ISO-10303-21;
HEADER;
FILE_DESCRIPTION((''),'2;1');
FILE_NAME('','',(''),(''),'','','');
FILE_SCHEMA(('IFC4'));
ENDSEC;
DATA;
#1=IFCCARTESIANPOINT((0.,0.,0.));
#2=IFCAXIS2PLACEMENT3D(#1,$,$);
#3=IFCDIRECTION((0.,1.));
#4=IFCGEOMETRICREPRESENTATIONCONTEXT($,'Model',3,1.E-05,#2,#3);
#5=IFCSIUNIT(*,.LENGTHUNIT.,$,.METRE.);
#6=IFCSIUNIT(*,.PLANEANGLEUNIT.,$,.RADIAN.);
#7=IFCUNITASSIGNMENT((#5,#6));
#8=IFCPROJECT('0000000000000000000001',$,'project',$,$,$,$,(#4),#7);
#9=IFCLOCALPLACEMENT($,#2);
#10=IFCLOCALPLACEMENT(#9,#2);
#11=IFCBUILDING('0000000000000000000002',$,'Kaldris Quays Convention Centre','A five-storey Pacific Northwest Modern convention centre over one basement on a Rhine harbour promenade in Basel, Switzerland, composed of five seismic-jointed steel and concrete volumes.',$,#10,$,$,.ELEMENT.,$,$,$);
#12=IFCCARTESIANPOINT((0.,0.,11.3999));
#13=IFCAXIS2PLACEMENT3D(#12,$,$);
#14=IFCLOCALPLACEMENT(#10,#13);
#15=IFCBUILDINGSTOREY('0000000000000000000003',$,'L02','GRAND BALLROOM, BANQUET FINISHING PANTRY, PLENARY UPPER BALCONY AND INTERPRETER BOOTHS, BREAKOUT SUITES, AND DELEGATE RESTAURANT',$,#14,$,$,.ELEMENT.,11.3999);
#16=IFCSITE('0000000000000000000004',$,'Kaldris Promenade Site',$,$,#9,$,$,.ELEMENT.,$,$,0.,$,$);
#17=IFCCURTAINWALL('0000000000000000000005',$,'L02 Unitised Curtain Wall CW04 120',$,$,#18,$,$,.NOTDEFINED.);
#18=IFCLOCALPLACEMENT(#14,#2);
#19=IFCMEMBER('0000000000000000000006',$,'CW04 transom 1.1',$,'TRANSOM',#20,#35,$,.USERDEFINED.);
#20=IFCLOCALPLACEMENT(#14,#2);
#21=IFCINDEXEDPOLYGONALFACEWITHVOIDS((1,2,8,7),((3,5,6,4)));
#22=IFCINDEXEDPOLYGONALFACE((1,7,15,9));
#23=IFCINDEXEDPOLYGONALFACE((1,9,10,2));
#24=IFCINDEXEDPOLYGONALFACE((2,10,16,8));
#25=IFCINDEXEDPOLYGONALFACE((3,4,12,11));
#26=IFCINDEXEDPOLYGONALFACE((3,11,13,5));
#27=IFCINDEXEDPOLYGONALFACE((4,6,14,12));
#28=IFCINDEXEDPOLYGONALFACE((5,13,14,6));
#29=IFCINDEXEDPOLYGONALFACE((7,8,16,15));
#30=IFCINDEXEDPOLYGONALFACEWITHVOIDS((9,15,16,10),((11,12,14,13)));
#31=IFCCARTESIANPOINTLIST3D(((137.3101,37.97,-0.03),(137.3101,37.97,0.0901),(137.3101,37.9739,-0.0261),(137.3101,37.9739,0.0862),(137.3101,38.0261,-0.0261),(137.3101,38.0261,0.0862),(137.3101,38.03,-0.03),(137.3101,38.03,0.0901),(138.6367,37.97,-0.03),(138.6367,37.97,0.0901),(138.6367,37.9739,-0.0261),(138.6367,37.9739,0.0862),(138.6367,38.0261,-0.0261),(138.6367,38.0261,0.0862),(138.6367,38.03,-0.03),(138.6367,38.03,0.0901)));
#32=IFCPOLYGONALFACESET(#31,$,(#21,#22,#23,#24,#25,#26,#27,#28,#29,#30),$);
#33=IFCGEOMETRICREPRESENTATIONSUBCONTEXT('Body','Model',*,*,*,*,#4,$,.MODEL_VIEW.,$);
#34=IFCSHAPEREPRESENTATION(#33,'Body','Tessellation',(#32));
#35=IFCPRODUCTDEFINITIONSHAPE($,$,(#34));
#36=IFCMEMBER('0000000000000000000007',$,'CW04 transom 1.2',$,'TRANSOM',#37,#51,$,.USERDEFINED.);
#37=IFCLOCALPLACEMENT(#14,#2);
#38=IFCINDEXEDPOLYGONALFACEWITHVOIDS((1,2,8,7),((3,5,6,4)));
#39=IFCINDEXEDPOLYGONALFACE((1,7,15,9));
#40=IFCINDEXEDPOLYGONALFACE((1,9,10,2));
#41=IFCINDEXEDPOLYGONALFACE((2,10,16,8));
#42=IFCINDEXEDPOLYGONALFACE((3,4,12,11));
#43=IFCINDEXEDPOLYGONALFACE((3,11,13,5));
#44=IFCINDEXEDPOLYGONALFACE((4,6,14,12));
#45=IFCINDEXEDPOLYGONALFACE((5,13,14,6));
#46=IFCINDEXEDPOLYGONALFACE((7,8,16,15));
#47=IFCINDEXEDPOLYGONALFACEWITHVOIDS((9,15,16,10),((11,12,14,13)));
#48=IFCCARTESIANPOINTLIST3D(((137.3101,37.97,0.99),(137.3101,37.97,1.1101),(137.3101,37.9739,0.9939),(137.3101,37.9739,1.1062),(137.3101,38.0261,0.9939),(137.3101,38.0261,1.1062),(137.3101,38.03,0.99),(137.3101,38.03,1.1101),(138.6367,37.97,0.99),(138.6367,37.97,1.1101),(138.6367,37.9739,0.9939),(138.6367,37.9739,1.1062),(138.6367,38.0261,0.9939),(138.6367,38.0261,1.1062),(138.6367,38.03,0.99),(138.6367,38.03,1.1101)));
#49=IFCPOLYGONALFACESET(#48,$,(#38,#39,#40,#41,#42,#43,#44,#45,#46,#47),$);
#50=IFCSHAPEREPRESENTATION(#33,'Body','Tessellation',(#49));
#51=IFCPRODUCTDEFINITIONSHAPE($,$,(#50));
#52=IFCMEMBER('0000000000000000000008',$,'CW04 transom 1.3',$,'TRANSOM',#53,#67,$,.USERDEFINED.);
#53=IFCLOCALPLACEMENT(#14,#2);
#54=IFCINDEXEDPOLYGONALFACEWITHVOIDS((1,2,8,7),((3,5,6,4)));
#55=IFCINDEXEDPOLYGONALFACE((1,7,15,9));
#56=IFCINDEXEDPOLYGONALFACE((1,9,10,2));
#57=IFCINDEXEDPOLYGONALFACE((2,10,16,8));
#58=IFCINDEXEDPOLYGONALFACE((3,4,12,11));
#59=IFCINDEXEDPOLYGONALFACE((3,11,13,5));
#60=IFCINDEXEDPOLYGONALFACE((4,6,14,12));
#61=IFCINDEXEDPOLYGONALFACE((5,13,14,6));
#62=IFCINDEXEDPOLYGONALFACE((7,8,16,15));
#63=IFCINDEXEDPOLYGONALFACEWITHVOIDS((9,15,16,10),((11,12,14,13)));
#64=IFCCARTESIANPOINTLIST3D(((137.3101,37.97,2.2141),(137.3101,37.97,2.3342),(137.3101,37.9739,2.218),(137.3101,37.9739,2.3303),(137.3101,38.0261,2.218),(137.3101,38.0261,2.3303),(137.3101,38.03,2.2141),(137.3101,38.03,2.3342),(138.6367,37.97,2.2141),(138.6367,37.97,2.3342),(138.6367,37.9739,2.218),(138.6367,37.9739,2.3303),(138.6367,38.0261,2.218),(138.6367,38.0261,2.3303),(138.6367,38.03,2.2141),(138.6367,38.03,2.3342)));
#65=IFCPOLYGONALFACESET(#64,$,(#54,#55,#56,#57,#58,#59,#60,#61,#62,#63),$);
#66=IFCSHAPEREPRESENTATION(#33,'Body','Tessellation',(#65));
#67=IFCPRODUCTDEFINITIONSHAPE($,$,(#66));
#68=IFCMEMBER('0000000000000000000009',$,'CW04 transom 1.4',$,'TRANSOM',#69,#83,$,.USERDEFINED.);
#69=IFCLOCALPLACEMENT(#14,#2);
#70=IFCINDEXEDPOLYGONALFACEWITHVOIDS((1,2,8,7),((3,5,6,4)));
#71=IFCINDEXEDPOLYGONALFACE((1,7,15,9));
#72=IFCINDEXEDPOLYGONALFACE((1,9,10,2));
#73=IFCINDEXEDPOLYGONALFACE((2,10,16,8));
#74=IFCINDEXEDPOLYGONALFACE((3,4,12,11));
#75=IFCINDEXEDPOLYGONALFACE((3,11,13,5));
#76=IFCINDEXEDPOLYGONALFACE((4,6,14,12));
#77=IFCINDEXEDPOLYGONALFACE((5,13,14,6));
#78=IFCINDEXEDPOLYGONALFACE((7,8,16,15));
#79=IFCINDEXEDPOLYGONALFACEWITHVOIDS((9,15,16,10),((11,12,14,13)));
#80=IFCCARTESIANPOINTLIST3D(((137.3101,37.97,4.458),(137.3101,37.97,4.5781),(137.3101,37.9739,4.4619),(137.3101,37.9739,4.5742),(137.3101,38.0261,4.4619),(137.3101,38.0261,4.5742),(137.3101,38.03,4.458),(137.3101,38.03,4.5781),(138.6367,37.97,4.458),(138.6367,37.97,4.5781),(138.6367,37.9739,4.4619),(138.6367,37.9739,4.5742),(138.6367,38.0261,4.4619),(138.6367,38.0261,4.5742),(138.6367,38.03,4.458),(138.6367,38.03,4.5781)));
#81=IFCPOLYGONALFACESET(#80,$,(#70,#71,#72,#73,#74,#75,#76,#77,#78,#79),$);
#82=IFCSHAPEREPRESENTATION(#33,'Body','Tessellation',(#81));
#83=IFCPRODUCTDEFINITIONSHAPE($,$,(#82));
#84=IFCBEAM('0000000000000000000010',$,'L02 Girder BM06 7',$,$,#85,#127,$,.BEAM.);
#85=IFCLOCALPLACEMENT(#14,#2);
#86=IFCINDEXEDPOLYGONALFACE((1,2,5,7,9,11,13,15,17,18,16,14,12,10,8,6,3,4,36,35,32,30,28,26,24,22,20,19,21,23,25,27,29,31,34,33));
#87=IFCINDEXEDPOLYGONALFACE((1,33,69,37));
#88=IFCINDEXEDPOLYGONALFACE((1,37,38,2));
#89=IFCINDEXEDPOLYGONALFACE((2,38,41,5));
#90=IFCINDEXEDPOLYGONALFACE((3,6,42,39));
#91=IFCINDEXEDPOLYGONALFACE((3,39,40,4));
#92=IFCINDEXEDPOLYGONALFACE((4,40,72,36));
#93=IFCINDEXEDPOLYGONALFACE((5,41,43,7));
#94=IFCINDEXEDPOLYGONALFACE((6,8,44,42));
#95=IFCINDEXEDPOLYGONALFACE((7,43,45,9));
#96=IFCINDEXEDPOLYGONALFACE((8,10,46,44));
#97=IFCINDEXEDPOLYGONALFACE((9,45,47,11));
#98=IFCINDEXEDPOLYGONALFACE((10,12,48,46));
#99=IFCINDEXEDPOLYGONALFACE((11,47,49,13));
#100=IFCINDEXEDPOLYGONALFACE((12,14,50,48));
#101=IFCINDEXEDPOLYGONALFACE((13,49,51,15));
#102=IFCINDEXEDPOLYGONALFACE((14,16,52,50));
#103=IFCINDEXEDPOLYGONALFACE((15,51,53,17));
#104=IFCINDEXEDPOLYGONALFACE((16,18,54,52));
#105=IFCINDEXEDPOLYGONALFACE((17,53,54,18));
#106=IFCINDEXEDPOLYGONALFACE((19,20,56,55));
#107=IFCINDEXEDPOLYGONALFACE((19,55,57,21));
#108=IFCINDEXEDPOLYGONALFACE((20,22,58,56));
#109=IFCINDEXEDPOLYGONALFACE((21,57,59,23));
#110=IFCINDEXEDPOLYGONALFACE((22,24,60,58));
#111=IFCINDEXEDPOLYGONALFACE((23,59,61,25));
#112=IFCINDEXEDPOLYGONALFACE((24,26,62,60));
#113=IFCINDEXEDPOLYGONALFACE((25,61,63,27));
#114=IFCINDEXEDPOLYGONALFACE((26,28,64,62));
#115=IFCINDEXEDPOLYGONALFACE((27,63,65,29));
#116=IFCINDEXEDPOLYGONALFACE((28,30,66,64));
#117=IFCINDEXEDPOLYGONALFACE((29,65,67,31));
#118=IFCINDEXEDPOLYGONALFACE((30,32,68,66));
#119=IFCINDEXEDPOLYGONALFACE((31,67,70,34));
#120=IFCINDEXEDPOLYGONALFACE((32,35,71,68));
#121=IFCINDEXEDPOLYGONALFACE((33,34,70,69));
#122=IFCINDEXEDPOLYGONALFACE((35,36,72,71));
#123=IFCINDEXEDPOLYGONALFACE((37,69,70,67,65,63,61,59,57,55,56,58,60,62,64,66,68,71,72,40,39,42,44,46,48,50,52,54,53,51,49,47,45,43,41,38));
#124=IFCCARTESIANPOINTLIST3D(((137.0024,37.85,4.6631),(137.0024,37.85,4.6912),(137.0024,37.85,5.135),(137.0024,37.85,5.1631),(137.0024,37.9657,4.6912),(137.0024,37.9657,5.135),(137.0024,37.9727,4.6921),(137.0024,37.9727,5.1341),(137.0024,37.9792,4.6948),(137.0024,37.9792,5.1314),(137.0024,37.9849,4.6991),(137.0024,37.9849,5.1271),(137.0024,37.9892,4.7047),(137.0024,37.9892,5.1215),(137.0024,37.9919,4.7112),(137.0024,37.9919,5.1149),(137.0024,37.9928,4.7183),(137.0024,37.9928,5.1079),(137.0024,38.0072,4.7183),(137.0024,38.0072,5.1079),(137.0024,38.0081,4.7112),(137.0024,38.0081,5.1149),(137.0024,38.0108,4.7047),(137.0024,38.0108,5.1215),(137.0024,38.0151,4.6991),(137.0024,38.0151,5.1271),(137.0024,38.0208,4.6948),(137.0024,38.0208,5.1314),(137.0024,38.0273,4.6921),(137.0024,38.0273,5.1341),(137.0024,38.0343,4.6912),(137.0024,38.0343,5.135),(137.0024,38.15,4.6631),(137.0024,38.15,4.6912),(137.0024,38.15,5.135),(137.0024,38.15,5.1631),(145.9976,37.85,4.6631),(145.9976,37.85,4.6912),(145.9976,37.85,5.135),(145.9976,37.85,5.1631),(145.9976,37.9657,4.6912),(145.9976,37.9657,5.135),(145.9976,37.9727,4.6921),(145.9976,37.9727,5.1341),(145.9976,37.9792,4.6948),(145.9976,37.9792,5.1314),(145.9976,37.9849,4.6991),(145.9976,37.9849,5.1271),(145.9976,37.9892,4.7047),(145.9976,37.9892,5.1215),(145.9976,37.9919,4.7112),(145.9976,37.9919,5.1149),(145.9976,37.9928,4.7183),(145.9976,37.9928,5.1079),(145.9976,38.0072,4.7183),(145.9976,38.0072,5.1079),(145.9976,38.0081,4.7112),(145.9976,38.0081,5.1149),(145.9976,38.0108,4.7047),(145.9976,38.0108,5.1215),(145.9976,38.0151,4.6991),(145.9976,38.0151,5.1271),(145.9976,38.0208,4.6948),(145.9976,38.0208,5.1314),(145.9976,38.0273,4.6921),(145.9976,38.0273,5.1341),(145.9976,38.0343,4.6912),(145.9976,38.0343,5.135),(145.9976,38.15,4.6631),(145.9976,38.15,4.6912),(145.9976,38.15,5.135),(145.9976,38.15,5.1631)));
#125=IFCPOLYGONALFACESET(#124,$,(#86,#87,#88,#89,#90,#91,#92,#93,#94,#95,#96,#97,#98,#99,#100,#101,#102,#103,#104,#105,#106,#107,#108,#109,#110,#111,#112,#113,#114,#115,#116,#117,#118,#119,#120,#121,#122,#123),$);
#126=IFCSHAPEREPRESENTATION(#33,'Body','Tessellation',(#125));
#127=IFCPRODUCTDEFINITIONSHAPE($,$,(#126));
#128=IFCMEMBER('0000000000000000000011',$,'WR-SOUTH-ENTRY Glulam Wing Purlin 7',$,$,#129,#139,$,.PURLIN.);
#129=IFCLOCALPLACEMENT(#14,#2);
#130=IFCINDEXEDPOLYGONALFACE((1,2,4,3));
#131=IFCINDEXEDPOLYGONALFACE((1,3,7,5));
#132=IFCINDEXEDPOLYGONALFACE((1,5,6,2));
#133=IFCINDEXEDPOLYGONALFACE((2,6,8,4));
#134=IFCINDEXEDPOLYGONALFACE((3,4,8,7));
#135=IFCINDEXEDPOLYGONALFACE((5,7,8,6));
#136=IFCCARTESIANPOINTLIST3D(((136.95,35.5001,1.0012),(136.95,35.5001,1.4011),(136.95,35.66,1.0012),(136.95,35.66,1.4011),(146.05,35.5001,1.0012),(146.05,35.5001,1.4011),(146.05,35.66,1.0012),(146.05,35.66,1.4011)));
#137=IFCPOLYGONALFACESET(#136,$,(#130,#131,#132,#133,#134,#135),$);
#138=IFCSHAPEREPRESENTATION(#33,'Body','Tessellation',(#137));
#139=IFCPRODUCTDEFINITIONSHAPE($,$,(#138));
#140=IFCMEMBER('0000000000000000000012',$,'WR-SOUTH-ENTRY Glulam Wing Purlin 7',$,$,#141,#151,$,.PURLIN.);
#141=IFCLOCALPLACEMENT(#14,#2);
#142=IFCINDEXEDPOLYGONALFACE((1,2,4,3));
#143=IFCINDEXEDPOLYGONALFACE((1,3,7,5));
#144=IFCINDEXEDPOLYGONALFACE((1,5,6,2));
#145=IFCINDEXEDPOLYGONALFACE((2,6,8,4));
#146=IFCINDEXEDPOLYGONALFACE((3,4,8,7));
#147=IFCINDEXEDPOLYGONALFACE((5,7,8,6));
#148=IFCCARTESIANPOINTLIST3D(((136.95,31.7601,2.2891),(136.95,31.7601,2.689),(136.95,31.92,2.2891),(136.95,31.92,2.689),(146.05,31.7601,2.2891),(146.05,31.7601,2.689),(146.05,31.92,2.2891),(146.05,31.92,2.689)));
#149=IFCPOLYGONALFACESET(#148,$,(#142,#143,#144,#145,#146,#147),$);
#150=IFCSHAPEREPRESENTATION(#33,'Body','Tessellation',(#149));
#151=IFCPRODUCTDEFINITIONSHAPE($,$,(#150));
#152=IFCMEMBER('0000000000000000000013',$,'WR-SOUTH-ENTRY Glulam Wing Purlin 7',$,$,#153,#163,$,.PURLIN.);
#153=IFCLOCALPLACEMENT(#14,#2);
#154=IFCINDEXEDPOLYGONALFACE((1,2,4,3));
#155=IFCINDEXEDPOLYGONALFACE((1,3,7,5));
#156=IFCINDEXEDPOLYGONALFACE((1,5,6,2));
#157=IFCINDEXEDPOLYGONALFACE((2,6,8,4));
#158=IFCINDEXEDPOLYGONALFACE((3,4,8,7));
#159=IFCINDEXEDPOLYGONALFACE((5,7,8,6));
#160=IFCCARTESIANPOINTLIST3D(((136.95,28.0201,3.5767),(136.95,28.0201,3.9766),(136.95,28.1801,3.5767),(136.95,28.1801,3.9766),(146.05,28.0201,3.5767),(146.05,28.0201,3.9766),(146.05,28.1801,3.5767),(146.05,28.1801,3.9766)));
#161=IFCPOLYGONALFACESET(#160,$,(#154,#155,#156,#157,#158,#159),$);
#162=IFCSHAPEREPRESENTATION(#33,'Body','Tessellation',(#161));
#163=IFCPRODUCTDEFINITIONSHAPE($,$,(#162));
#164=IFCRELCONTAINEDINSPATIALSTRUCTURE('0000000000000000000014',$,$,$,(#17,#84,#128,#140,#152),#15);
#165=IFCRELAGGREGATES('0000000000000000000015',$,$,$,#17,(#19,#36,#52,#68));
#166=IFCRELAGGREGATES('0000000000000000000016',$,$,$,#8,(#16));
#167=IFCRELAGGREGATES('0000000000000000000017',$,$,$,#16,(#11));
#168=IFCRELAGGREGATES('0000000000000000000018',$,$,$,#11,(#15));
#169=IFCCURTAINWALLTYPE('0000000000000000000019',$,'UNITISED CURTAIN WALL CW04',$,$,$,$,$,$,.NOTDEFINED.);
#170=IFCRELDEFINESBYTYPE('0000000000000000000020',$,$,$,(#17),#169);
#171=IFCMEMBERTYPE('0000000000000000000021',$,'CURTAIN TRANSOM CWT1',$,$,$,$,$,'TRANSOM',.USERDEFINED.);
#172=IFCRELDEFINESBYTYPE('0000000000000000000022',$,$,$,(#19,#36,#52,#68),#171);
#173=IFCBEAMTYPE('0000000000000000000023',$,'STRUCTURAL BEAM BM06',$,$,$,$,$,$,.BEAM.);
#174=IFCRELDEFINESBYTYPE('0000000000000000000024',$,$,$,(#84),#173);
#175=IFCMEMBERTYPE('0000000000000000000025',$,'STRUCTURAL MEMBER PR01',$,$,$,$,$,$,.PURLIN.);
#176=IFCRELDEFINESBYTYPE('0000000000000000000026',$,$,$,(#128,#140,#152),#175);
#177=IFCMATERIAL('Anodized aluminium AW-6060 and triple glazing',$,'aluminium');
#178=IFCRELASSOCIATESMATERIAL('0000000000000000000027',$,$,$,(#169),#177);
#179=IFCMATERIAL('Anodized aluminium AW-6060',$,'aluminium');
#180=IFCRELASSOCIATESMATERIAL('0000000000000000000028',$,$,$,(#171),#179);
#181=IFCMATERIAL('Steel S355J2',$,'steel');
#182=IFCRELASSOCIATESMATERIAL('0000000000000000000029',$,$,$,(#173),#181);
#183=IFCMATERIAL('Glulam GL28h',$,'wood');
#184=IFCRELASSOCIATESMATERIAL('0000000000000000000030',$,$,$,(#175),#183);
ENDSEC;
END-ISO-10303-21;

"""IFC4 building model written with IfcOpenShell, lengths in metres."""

from ifc_helpers import new_model, si_unit, direction, frame, origin, origin_2d, place, context, subcontext, project, spatial, rectangle, hollow_rectangle, i_section, extrude, material, material_profile, profile_set, type_object, element, aggregate, save


model = new_model("IFC4")

# Units and contexts
model_context = context("Model", 3, precision=1e-05, world=origin(), true_north=direction((0.0, 1.0)))
body_context = subcontext(model_context, "Body", "Model", "MODEL_VIEW")
ifc_project = project(units=[si_unit("LENGTHUNIT", "METRE"), si_unit("PLANEANGLEUNIT", "RADIAN")], contexts=[model_context])

# Site, building, storey
site_placement = place(None, origin())
site = spatial("IfcSite", under=ifc_project, at=site_placement, Name="Kaldris Promenade Site", CompositionType="ELEMENT", RefElevation=0.0)
building_placement = place(site_placement, origin())
building = spatial("IfcBuilding", under=site, at=building_placement, Name="Kaldris Quays Convention Centre", Description="A five-storey Pacific Northwest Modern convention centre over one basement on a Rhine harbour promenade in Basel, Switzerland, composed of five seismic-jointed steel and concrete volumes.", CompositionType="ELEMENT")
storey_placement = place(building_placement, frame((0.0, 0.0, 11.3999)))
storey = spatial("IfcBuildingStorey", under=building, at=storey_placement, Name="L02", Description="GRAND BALLROOM, BANQUET FINISHING PANTRY, PLENARY UPPER BALCONY AND INTERPRETER BOOTHS, BREAKOUT SUITES, AND DELEGATE RESTAURANT", CompositionType="ELEMENT", Elevation=11.3999)

# Shared definitions
ifc_material_1 = material(Name="Steel S355J2", Category="steel")

# Shared definitions
ifc_material_2 = material(Name="Anodized aluminium AW-6060 and triple glazing", Category="aluminium")
curtain_wall_type = type_object("IfcCurtainWallType", Name="UNITISED CURTAIN WALL CW04", PredefinedType="NOTDEFINED", material=ifc_material_2)
ifc_material_3 = material(Name="Anodized aluminium AW-6060", Category="aluminium")

# Curtain wall
curtain_wall_1_placement = place(storey_placement, origin())
curtain_wall_1 = element("IfcCurtainWall", 1, at=curtain_wall_1_placement, inside=storey, type_object=curtain_wall_type, Name="L02 Unitised Curtain Wall CW04 120", PredefinedType="NOTDEFINED")

# Members
ifc_material_profile_1 = material_profile(ifc_material_3, hollow_rectangle(XDim=0.0601, YDim=0.1201, WallThickness=0.0039, at=origin_2d()), Name="RHS 120x60x4")
ifc_profile_set_1 = profile_set([ifc_material_profile_1], Name="Anodized aluminium AW-6060")
member_type_1 = type_object("IfcMemberType", Name="CURTAIN TRANSOM CWT1", ElementType="TRANSOM", PredefinedType="USERDEFINED", material=ifc_profile_set_1)
member_1_placement = place(storey_placement, frame((137.3101, 38.0, 0.03), z_axis=(1.0, 0.0, 0.0), x_axis=(0.0, 1.0, 0.0)))
member_1 = element("IfcMember", 2, at=member_1_placement, type_object=member_type_1, Name="CW04 transom 1.1", ObjectType="TRANSOM", PredefinedType="USERDEFINED", context=body_context, shape_type="SweptSolid", body=[
    extrude(hollow_rectangle(XDim=0.0601, YDim=0.1201, WallThickness=0.0039, at=origin_2d()), origin(), (0.0, 0.0, 1.0), 1.3267),
])
member_2_placement = place(storey_placement, frame((137.3101, 38.0, 1.05), z_axis=(1.0, 0.0, 0.0), x_axis=(0.0, 1.0, 0.0)))
member_2 = element("IfcMember", 3, at=member_2_placement, type_object=member_type_1, Name="CW04 transom 1.2", ObjectType="TRANSOM", PredefinedType="USERDEFINED", context=body_context, shape_type="SweptSolid", body=[
    extrude(hollow_rectangle(XDim=0.0601, YDim=0.1201, WallThickness=0.0039, at=origin_2d()), origin(), (0.0, 0.0, 1.0), 1.3267),
])
member_3_placement = place(storey_placement, frame((137.3101, 38.0, 2.2742), z_axis=(1.0, 0.0, 0.0), x_axis=(0.0, 1.0, 0.0)))
member_3 = element("IfcMember", 4, at=member_3_placement, type_object=member_type_1, Name="CW04 transom 1.3", ObjectType="TRANSOM", PredefinedType="USERDEFINED", context=body_context, shape_type="SweptSolid", body=[
    extrude(hollow_rectangle(XDim=0.0601, YDim=0.1201, WallThickness=0.0039, at=origin_2d()), origin(), (0.0, 0.0, 1.0), 1.3267),
])
member_4_placement = place(storey_placement, frame((137.3101, 38.0, 4.5181), z_axis=(1.0, 0.0, 0.0), x_axis=(0.0, 1.0, 0.0)))
member_4 = element("IfcMember", 5, at=member_4_placement, type_object=member_type_1, Name="CW04 transom 1.4", ObjectType="TRANSOM", PredefinedType="USERDEFINED", context=body_context, shape_type="SweptSolid", body=[
    extrude(hollow_rectangle(XDim=0.0601, YDim=0.1201, WallThickness=0.0039, at=origin_2d()), origin(), (0.0, 0.0, 1.0), 1.3267),
])

# Beam
ifc_material_profile_2 = material_profile(ifc_material_1, i_section(OverallWidth=0.3, OverallDepth=0.5, WebThickness=0.0144, FlangeThickness=0.0281, FilletRadius=0.0271, at=origin_2d()), Name="HEB 500")
ifc_profile_set_2 = profile_set([ifc_material_profile_2], Name="Steel S355J2")
beam_type = type_object("IfcBeamType", Name="STRUCTURAL BEAM BM06", PredefinedType="BEAM", material=ifc_profile_set_2)
beam_placement = place(storey_placement, frame((137.0024, 38.0, 4.9131), z_axis=(1.0, 0.0, 0.0), x_axis=(0.0, 1.0, 0.0)))
element("IfcBeam", 6, at=beam_placement, inside=storey, type_object=beam_type, Name="L02 Girder BM06 7", PredefinedType="BEAM", context=body_context, shape_type="SweptSolid", body=[
    extrude(i_section(OverallWidth=0.3, OverallDepth=0.5, WebThickness=0.0144, FlangeThickness=0.0281, FilletRadius=0.0271, at=origin_2d()), origin(), (0.0, 0.0, 1.0), 8.9951),
])

# Members
ifc_material_4 = material(Name="Glulam GL28h", Category="wood")
ifc_material_profile_3 = material_profile(ifc_material_4, rectangle(XDim=0.1599, YDim=0.3999, at=origin_2d()), Name="GL 160x400")
ifc_profile_set_3 = profile_set([ifc_material_profile_3], Name="Glulam GL28h")
member_type_2 = type_object("IfcMemberType", Name="STRUCTURAL MEMBER PR01", PredefinedType="PURLIN", material=ifc_profile_set_3)
for number, where, z_axis, x_axis, name in (
    (7, (136.95, 35.5801, 1.2012), (1.0, 0.0, 0.0), (0.0, 1.0, 0.0), "WR-SOUTH-ENTRY Glulam Wing Purlin 7"),
    (8, (136.95, 31.8401, 2.489), (1.0, 0.0, 0.0), (0.0, 1.0, 0.0), "WR-SOUTH-ENTRY Glulam Wing Purlin 7"),
    (9, (136.95, 28.1001, 3.7766), (1.0, 0.0, 0.0), (0.0, 1.0, 0.0), "WR-SOUTH-ENTRY Glulam Wing Purlin 7"),
):
    element("IfcMember", number, at=place(storey_placement, frame(where, z_axis=z_axis, x_axis=x_axis)), inside=storey, type_object=member_type_2, Name=name, PredefinedType="PURLIN", context=body_context, shape_type="SweptSolid", body=[
        extrude(rectangle(XDim=0.1599, YDim=0.3999, at=origin_2d()), origin(), (0.0, 0.0, 1.0), 9.1001),
    ])

aggregate(curtain_wall_1, [member_1, member_2, member_3, member_4])

save(model, "model.ifc")
